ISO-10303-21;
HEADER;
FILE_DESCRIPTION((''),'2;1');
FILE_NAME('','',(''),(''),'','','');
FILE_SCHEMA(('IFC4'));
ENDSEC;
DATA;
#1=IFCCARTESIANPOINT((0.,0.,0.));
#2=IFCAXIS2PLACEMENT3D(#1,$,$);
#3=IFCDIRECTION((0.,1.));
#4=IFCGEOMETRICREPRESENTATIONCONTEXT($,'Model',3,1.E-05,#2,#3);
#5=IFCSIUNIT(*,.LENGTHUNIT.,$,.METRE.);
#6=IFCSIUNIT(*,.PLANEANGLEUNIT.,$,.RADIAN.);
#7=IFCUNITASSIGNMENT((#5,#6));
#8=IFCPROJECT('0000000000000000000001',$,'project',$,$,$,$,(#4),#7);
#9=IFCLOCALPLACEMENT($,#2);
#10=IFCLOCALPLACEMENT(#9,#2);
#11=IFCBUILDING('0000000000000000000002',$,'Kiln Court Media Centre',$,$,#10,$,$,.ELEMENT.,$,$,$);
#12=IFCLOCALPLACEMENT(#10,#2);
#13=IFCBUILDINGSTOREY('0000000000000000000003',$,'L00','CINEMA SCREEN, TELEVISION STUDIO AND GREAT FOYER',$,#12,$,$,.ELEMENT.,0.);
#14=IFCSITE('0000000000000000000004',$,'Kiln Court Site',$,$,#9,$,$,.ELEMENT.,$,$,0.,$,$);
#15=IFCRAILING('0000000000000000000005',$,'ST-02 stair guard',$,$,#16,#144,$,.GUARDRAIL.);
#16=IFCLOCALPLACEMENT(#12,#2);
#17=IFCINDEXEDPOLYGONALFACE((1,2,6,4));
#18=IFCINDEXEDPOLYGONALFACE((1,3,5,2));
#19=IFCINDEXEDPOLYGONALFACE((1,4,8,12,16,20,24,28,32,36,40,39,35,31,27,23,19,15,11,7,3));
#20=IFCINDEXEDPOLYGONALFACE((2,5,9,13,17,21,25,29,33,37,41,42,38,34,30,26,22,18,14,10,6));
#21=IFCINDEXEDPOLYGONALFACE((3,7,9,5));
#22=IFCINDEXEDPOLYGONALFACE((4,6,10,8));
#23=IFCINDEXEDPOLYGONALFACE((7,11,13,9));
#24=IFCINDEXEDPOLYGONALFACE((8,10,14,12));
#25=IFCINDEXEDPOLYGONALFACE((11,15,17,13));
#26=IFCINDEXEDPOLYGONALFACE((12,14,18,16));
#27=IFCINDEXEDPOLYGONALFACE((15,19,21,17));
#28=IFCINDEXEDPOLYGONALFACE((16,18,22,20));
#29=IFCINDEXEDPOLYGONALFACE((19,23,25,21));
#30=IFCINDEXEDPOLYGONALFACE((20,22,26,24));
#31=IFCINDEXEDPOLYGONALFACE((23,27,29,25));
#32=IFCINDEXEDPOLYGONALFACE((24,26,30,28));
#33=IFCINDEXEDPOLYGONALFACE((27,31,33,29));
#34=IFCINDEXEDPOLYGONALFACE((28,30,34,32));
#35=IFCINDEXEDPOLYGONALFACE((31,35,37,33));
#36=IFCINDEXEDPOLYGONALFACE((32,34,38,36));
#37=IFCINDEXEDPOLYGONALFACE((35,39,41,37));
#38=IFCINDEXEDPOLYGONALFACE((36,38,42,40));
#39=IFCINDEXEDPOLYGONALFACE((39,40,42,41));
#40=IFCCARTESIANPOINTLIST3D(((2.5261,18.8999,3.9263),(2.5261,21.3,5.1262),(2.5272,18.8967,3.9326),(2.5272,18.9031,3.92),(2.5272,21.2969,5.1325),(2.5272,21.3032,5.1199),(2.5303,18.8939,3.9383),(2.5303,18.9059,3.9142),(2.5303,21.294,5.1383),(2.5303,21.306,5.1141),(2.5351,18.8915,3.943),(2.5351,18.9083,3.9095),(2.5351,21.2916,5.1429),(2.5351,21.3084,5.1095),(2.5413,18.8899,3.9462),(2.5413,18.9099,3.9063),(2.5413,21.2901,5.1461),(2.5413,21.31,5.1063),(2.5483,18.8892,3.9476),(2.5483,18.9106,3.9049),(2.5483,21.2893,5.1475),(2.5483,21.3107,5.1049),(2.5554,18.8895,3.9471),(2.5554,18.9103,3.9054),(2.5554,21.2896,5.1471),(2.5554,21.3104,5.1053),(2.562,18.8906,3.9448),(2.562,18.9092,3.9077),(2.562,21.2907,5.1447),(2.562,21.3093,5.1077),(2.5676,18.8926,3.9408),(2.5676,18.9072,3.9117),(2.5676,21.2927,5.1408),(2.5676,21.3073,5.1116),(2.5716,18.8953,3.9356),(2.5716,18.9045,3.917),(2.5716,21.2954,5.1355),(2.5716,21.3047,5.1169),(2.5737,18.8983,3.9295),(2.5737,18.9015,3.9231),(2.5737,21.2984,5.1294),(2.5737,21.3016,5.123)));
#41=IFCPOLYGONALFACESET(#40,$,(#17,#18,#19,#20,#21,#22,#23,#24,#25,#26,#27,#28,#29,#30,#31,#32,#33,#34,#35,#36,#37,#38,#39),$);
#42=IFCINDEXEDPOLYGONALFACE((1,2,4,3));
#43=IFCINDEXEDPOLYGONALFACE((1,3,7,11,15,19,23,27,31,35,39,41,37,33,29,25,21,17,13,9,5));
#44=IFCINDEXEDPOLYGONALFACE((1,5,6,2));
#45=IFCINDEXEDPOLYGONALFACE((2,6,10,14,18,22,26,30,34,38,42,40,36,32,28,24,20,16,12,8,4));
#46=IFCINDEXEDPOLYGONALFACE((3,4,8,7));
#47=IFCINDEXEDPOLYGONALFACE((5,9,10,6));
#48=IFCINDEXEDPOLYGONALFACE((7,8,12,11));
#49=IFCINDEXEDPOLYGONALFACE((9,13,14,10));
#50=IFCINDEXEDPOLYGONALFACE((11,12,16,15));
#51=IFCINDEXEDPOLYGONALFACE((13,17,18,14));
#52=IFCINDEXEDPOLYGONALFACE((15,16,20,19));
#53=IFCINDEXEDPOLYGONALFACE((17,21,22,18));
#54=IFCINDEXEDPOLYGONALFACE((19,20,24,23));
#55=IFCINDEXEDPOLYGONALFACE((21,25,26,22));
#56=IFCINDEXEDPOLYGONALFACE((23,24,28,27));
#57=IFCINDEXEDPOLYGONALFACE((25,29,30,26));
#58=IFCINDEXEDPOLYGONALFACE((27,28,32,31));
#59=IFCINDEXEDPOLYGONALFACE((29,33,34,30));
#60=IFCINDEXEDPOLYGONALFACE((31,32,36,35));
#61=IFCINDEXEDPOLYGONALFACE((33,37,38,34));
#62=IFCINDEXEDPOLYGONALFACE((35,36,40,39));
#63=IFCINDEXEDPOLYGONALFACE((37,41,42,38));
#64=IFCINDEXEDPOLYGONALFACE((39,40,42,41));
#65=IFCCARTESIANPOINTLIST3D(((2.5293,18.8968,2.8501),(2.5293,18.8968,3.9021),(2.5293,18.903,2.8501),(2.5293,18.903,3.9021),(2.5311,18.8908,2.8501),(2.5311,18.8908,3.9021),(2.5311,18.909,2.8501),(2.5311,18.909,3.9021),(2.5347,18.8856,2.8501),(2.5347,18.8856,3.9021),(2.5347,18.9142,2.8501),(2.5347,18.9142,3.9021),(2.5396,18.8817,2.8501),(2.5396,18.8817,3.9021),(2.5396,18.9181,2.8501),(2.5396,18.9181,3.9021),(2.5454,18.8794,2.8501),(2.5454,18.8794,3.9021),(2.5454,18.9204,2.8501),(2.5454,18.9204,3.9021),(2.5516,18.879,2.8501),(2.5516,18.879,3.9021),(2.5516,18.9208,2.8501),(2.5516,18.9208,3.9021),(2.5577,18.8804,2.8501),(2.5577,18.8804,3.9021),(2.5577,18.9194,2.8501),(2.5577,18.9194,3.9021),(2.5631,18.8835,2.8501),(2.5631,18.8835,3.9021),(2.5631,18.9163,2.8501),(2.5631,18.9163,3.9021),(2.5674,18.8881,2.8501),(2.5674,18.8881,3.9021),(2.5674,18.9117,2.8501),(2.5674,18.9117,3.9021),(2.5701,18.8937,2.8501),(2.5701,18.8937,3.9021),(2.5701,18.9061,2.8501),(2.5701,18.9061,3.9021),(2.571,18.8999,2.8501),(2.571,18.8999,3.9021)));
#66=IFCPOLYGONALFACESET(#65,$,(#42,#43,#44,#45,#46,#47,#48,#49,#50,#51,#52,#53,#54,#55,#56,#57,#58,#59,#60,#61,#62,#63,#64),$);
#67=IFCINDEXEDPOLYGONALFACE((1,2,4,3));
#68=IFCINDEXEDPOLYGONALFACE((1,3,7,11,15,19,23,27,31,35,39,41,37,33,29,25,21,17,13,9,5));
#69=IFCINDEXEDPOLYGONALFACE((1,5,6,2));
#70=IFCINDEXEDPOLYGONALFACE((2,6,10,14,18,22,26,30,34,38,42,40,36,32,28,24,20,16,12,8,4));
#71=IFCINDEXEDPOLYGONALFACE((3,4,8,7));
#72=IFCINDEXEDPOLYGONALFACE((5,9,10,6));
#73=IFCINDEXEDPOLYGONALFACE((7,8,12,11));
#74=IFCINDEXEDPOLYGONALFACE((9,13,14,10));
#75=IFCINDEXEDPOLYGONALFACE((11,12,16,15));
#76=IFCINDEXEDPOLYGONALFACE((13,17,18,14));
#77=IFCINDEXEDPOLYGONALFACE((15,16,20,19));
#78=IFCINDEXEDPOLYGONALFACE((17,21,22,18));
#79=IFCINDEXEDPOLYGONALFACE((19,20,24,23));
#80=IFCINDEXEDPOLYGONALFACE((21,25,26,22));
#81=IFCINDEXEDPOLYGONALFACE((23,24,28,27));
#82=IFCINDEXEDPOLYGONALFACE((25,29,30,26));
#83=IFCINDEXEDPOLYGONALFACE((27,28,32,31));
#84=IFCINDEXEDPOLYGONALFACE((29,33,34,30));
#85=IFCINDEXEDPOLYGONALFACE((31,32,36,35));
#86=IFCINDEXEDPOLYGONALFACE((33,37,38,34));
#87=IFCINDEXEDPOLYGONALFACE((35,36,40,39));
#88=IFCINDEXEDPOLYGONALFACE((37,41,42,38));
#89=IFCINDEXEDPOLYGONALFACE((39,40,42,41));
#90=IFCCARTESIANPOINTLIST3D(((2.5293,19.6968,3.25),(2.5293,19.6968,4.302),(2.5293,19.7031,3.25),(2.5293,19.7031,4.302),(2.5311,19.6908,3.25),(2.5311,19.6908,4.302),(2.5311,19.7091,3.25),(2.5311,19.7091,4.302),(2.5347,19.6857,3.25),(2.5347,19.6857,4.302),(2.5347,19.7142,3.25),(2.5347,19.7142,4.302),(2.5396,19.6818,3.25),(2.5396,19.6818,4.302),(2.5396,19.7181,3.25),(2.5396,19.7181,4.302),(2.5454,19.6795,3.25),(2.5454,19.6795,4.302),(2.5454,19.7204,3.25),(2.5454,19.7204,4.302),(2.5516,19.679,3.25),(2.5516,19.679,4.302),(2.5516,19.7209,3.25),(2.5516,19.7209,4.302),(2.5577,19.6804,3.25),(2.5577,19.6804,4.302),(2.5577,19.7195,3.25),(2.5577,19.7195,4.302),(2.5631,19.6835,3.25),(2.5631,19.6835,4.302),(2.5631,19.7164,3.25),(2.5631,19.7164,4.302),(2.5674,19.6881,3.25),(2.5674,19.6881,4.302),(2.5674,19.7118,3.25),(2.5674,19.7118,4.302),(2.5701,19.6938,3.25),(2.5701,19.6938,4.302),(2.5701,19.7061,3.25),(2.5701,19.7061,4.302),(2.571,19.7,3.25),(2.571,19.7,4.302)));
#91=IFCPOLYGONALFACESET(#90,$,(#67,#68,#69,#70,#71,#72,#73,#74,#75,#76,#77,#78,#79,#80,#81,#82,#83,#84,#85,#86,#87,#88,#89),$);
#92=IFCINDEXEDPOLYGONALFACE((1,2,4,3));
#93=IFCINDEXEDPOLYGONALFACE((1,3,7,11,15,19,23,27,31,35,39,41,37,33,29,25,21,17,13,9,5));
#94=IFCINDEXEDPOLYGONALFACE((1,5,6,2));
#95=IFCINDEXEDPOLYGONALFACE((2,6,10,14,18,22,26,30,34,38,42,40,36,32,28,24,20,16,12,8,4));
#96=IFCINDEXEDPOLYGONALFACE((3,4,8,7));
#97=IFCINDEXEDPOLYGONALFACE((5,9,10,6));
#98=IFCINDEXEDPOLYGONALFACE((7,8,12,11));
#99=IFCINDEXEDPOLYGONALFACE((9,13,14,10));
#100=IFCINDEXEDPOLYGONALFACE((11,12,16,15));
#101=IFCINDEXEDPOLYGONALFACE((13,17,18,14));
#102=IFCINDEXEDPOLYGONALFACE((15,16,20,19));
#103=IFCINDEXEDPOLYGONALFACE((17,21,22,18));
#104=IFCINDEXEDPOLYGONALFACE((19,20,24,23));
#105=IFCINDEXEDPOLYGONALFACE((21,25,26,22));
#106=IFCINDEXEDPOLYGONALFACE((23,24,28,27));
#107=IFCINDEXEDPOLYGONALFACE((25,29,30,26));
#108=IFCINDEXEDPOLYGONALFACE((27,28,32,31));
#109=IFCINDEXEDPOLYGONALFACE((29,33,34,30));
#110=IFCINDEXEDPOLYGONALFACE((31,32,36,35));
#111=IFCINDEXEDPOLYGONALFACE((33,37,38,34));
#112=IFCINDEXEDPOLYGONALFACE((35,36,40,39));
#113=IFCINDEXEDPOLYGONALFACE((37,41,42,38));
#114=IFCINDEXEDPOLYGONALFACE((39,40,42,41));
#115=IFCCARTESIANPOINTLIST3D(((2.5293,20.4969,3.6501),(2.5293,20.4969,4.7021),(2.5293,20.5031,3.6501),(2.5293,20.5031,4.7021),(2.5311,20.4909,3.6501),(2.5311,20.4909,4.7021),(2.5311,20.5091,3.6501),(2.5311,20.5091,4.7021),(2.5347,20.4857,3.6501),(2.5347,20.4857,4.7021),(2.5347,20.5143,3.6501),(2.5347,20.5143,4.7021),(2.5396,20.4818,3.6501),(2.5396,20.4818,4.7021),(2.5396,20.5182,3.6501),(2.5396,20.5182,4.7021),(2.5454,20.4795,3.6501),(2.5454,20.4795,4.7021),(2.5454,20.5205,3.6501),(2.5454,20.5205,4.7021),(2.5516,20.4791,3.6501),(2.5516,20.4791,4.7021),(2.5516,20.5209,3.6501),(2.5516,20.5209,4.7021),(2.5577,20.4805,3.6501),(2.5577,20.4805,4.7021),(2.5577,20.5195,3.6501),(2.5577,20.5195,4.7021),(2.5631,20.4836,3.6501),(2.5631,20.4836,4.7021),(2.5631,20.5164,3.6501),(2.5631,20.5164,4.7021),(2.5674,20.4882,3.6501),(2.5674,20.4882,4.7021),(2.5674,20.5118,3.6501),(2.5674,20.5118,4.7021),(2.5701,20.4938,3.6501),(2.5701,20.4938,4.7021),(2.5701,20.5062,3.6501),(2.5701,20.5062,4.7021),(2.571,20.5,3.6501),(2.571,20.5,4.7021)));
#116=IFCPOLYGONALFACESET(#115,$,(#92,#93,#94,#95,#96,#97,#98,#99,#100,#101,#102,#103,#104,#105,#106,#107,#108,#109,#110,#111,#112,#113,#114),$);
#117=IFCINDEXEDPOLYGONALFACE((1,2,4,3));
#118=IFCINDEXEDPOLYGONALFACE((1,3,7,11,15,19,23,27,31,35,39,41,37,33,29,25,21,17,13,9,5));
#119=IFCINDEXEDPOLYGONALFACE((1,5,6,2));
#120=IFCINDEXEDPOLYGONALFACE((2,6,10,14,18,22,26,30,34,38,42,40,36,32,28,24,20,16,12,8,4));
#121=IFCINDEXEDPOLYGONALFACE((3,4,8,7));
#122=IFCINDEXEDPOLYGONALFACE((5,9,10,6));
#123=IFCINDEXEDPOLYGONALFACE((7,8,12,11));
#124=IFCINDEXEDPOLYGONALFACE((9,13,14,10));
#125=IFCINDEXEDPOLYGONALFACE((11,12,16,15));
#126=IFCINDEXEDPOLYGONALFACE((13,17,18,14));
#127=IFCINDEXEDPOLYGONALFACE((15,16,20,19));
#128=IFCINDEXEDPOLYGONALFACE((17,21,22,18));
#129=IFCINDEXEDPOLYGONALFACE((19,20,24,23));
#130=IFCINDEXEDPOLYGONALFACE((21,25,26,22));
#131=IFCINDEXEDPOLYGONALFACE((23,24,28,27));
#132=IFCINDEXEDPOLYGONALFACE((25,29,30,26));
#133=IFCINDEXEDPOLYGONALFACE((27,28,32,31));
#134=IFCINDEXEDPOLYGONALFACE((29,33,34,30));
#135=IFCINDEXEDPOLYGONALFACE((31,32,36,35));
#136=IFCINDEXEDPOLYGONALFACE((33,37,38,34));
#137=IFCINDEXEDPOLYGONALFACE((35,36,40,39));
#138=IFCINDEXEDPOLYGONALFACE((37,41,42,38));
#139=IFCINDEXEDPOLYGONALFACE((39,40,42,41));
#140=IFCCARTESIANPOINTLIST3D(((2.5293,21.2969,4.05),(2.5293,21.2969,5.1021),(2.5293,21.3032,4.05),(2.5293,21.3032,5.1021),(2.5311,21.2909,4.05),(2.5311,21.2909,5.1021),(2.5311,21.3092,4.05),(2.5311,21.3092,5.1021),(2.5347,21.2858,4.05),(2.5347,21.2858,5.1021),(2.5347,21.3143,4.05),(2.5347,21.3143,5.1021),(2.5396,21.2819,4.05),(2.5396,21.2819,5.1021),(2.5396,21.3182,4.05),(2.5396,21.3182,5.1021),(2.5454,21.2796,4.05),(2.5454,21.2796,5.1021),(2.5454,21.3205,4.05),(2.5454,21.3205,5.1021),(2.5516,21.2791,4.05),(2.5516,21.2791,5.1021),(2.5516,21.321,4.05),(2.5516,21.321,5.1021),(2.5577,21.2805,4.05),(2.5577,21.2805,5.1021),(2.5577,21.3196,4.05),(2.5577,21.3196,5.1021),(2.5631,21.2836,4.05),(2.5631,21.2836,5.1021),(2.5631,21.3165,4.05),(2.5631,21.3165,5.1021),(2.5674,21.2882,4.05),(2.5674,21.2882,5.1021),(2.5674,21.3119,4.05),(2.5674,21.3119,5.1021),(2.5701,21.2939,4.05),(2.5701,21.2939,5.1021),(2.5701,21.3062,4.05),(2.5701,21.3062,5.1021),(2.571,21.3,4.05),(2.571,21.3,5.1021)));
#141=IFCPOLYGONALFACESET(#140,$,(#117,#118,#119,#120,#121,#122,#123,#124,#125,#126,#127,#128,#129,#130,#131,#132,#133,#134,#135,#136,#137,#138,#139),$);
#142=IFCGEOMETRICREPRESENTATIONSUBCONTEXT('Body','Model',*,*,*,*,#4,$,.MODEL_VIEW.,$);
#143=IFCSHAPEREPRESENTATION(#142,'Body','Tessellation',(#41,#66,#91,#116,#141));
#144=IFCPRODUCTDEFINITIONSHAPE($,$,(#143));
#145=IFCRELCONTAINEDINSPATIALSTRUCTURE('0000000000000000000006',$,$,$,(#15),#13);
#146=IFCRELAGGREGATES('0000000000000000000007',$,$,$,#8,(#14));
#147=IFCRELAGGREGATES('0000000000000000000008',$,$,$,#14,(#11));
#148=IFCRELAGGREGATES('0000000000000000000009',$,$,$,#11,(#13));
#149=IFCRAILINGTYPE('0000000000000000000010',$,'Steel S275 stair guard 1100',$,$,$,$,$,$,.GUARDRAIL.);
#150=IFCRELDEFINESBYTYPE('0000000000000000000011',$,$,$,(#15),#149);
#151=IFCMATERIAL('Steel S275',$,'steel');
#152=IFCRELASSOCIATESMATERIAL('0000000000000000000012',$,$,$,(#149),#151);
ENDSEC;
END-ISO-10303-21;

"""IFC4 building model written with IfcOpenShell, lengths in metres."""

from ifc_helpers import new_model, si_unit, direction, frame, origin, origin_2d, place, context, subcontext, project, spatial, circle, extrude, material, type_object, element, save


model = new_model("IFC4")

# Units and contexts
model_context = context("Model", 3, precision=1e-05, world=origin(), true_north=direction((0.0, 1.0)))
body_context = subcontext(model_context, "Body", "Model", "MODEL_VIEW")
ifc_project = project(units=[si_unit("LENGTHUNIT", "METRE"), si_unit("PLANEANGLEUNIT", "RADIAN")], contexts=[model_context])

# Site, building, storey
site_placement = place(None, origin())
site = spatial("IfcSite", under=ifc_project, at=site_placement, Name="Kiln Court Site", CompositionType="ELEMENT", RefElevation=0.0)
building_placement = place(site_placement, origin())
building = spatial("IfcBuilding", under=site, at=building_placement, Name="Kiln Court Media Centre", CompositionType="ELEMENT")
storey_placement = place(building_placement, origin())
storey = spatial("IfcBuildingStorey", under=building, at=storey_placement, Name="L00", Description="CINEMA SCREEN, TELEVISION STUDIO AND GREAT FOYER", CompositionType="ELEMENT", Elevation=0.0)

# Railing
ifc_material_1 = material(Name="Steel S275", Category="steel")
railing_type_1 = type_object("IfcRailingType", Name="Steel S275 stair guard 1100", PredefinedType="GUARDRAIL", material=ifc_material_1)
railing_1_placement = place(storey_placement, frame((2.55, 18.8999, 2.8501)))
element("IfcRailing", 1, at=railing_1_placement, inside=storey, type_object=railing_type_1, Name="ST-02 stair guard", PredefinedType="GUARDRAIL", context=body_context, shape_type="SweptSolid", body=[
    extrude(circle(Radius=0.0239, at=origin_2d()), frame((0.0, 0.0, 1.0762), z_axis=(0.0, 0.894445, 0.447177), x_axis=(-1.0, 0.0, 0.0)), (0.0, 0.0, 1.0), 2.6833),
    extrude(circle(Radius=0.021, at=origin_2d()), origin(), (0.0, 0.0, 1.0), 1.052),
    extrude(circle(Radius=0.021, at=origin_2d()), frame((0.0, 0.8, 0.3999)), (0.0, 0.0, 1.0), 1.052),
    extrude(circle(Radius=0.021, at=origin_2d()), frame((0.0, 1.6001, 0.8)), (0.0, 0.0, 1.0), 1.052),
    extrude(circle(Radius=0.021, at=origin_2d()), frame((0.0, 2.4001, 1.2)), (0.0, 0.0, 1.0), 1.052),
])

save(model, "model.ifc")
